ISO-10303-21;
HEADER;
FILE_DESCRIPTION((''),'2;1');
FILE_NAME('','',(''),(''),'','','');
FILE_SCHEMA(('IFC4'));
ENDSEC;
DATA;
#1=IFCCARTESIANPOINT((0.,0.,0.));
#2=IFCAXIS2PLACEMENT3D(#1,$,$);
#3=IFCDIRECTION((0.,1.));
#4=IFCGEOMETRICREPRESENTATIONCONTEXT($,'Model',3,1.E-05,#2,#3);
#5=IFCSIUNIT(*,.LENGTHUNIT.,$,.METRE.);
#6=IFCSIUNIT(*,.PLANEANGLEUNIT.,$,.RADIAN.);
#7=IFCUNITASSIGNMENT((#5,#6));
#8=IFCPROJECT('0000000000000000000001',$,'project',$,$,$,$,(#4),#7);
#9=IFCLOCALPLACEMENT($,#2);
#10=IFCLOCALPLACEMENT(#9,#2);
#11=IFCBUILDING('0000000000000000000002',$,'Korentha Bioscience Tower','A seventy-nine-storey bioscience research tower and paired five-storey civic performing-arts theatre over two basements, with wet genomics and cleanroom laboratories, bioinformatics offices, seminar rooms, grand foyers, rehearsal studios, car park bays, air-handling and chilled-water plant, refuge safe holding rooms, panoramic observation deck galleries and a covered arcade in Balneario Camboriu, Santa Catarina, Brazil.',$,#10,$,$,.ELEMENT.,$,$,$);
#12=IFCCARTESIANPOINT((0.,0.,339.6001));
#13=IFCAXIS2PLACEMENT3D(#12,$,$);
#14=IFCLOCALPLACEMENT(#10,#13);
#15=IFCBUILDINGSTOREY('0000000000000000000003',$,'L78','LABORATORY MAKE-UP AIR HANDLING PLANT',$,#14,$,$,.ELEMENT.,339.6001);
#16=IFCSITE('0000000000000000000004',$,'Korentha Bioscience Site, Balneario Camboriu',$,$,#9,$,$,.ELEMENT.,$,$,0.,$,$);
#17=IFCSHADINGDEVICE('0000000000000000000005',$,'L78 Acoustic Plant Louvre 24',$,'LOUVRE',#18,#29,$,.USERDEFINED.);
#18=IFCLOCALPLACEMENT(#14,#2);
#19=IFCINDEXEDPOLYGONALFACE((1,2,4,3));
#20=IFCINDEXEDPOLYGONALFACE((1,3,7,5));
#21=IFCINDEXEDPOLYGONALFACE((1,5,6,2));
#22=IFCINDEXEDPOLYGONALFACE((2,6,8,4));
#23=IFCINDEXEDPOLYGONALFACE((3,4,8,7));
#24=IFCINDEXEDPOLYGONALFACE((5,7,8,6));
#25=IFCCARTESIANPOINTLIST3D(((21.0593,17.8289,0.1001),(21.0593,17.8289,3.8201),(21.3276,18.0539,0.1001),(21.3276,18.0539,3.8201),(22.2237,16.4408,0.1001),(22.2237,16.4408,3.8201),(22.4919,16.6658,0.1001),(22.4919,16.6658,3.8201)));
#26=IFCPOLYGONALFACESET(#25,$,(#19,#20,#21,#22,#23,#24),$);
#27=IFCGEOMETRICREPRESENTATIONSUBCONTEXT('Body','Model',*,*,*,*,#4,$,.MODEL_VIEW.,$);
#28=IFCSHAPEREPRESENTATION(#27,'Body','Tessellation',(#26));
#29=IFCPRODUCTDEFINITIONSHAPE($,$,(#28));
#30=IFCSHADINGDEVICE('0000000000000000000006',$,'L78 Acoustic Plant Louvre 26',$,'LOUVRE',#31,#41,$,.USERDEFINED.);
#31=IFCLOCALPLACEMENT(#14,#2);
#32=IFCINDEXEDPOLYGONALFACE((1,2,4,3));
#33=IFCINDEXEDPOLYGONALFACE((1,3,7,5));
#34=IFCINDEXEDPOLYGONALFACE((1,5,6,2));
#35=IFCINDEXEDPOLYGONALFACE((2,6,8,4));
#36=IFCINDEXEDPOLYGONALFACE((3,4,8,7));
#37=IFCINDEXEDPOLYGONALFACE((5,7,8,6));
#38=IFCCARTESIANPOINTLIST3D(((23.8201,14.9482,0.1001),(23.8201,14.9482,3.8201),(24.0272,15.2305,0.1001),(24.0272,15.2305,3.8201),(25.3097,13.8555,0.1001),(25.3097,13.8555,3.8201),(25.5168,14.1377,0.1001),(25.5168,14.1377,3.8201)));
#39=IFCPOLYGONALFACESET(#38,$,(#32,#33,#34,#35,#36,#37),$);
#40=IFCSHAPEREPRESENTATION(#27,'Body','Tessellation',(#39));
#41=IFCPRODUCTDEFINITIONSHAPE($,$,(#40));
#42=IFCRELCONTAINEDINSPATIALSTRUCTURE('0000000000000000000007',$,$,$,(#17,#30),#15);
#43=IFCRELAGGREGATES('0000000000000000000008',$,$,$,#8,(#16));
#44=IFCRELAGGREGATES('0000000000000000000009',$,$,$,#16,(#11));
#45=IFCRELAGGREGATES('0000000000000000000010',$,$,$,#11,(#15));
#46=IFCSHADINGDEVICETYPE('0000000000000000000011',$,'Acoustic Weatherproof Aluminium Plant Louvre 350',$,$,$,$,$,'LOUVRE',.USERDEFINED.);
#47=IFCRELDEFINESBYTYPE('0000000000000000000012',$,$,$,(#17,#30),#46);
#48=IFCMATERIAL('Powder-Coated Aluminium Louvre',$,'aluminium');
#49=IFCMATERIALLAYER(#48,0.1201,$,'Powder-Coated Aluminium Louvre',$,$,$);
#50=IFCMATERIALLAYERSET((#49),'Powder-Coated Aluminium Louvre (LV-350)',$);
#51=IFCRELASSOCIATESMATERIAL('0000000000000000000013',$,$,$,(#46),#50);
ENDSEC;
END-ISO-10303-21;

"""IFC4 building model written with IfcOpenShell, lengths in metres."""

from ifc_helpers import new_model, si_unit, direction, frame, origin, origin_2d, place, context, subcontext, project, spatial, rectangle, extrude, material, layer, layer_set, type_object, element, save


model = new_model("IFC4")

# Units and contexts
model_context = context("Model", 3, precision=1e-05, world=origin(), true_north=direction((0.0, 1.0)))
body_context = subcontext(model_context, "Body", "Model", "MODEL_VIEW")
ifc_project = project(units=[si_unit("LENGTHUNIT", "METRE"), si_unit("PLANEANGLEUNIT", "RADIAN")], contexts=[model_context])

# Site, building, storey
site_placement = place(None, origin())
site = spatial("IfcSite", under=ifc_project, at=site_placement, Name="Korentha Bioscience Site, Balneario Camboriu", CompositionType="ELEMENT", RefElevation=0.0)
building_placement = place(site_placement, origin())
building = spatial("IfcBuilding", under=site, at=building_placement, Name="Korentha Bioscience Tower", Description="A seventy-nine-storey bioscience research tower and paired five-storey civic performing-arts theatre over two basements, with wet genomics and cleanroom laboratories, bioinformatics offices, seminar rooms, grand foyers, rehearsal studios, car park bays, air-handling and chilled-water plant, refuge safe holding rooms, panoramic observation deck galleries and a covered arcade in Balneario Camboriu, Santa Catarina, Brazil.", CompositionType="ELEMENT")
storey_placement = place(building_placement, frame((0.0, 0.0, 339.6001)))
storey = spatial("IfcBuildingStorey", under=building, at=storey_placement, Name="L78", Description="LABORATORY MAKE-UP AIR HANDLING PLANT", CompositionType="ELEMENT", Elevation=339.6001)

# Shading devices
ifc_material_1 = material(Name="Powder-Coated Aluminium Louvre", Category="aluminium")
ifc_layer_1 = layer(ifc_material_1, 0.1201, Name="Powder-Coated Aluminium Louvre")
ifc_layer_set_1 = layer_set([ifc_layer_1], Name="Powder-Coated Aluminium Louvre (LV-350)")
shading_device_type = type_object("IfcShadingDeviceType", Name="Acoustic Weatherproof Aluminium Plant Louvre 350", ElementType="LOUVRE", PredefinedType="USERDEFINED", material=ifc_layer_set_1)
shading_device_1_placement = place(storey_placement, frame((21.7756, 17.2473, 0.1001), z_axis=(0.0, 0.0, 1.0), x_axis=(0.64266, -0.766151, 0.0)))
element("IfcShadingDevice", 1, at=shading_device_1_placement, inside=storey, type_object=shading_device_type, Name="L78 Acoustic Plant Louvre 24", ObjectType="LOUVRE", PredefinedType="USERDEFINED", context=body_context, shape_type="SweptSolid", body=[
    extrude(rectangle(XDim=1.8118, YDim=0.3501, at=origin_2d()), origin(), (0.0, 0.0, 1.0), 3.72),
])
shading_device_2_placement = place(storey_placement, frame((24.6685, 14.543, 0.1001), z_axis=(0.0, 0.0, 1.0), x_axis=(0.80631, -0.591493, 0.0)))
element("IfcShadingDevice", 2, at=shading_device_2_placement, inside=storey, type_object=shading_device_type, Name="L78 Acoustic Plant Louvre 26", ObjectType="LOUVRE", PredefinedType="USERDEFINED", context=body_context, shape_type="SweptSolid", body=[
    extrude(rectangle(XDim=1.8474, YDim=0.3501, at=origin_2d()), origin(), (0.0, 0.0, 1.0), 3.72),
])

save(model, "model.ifc")
